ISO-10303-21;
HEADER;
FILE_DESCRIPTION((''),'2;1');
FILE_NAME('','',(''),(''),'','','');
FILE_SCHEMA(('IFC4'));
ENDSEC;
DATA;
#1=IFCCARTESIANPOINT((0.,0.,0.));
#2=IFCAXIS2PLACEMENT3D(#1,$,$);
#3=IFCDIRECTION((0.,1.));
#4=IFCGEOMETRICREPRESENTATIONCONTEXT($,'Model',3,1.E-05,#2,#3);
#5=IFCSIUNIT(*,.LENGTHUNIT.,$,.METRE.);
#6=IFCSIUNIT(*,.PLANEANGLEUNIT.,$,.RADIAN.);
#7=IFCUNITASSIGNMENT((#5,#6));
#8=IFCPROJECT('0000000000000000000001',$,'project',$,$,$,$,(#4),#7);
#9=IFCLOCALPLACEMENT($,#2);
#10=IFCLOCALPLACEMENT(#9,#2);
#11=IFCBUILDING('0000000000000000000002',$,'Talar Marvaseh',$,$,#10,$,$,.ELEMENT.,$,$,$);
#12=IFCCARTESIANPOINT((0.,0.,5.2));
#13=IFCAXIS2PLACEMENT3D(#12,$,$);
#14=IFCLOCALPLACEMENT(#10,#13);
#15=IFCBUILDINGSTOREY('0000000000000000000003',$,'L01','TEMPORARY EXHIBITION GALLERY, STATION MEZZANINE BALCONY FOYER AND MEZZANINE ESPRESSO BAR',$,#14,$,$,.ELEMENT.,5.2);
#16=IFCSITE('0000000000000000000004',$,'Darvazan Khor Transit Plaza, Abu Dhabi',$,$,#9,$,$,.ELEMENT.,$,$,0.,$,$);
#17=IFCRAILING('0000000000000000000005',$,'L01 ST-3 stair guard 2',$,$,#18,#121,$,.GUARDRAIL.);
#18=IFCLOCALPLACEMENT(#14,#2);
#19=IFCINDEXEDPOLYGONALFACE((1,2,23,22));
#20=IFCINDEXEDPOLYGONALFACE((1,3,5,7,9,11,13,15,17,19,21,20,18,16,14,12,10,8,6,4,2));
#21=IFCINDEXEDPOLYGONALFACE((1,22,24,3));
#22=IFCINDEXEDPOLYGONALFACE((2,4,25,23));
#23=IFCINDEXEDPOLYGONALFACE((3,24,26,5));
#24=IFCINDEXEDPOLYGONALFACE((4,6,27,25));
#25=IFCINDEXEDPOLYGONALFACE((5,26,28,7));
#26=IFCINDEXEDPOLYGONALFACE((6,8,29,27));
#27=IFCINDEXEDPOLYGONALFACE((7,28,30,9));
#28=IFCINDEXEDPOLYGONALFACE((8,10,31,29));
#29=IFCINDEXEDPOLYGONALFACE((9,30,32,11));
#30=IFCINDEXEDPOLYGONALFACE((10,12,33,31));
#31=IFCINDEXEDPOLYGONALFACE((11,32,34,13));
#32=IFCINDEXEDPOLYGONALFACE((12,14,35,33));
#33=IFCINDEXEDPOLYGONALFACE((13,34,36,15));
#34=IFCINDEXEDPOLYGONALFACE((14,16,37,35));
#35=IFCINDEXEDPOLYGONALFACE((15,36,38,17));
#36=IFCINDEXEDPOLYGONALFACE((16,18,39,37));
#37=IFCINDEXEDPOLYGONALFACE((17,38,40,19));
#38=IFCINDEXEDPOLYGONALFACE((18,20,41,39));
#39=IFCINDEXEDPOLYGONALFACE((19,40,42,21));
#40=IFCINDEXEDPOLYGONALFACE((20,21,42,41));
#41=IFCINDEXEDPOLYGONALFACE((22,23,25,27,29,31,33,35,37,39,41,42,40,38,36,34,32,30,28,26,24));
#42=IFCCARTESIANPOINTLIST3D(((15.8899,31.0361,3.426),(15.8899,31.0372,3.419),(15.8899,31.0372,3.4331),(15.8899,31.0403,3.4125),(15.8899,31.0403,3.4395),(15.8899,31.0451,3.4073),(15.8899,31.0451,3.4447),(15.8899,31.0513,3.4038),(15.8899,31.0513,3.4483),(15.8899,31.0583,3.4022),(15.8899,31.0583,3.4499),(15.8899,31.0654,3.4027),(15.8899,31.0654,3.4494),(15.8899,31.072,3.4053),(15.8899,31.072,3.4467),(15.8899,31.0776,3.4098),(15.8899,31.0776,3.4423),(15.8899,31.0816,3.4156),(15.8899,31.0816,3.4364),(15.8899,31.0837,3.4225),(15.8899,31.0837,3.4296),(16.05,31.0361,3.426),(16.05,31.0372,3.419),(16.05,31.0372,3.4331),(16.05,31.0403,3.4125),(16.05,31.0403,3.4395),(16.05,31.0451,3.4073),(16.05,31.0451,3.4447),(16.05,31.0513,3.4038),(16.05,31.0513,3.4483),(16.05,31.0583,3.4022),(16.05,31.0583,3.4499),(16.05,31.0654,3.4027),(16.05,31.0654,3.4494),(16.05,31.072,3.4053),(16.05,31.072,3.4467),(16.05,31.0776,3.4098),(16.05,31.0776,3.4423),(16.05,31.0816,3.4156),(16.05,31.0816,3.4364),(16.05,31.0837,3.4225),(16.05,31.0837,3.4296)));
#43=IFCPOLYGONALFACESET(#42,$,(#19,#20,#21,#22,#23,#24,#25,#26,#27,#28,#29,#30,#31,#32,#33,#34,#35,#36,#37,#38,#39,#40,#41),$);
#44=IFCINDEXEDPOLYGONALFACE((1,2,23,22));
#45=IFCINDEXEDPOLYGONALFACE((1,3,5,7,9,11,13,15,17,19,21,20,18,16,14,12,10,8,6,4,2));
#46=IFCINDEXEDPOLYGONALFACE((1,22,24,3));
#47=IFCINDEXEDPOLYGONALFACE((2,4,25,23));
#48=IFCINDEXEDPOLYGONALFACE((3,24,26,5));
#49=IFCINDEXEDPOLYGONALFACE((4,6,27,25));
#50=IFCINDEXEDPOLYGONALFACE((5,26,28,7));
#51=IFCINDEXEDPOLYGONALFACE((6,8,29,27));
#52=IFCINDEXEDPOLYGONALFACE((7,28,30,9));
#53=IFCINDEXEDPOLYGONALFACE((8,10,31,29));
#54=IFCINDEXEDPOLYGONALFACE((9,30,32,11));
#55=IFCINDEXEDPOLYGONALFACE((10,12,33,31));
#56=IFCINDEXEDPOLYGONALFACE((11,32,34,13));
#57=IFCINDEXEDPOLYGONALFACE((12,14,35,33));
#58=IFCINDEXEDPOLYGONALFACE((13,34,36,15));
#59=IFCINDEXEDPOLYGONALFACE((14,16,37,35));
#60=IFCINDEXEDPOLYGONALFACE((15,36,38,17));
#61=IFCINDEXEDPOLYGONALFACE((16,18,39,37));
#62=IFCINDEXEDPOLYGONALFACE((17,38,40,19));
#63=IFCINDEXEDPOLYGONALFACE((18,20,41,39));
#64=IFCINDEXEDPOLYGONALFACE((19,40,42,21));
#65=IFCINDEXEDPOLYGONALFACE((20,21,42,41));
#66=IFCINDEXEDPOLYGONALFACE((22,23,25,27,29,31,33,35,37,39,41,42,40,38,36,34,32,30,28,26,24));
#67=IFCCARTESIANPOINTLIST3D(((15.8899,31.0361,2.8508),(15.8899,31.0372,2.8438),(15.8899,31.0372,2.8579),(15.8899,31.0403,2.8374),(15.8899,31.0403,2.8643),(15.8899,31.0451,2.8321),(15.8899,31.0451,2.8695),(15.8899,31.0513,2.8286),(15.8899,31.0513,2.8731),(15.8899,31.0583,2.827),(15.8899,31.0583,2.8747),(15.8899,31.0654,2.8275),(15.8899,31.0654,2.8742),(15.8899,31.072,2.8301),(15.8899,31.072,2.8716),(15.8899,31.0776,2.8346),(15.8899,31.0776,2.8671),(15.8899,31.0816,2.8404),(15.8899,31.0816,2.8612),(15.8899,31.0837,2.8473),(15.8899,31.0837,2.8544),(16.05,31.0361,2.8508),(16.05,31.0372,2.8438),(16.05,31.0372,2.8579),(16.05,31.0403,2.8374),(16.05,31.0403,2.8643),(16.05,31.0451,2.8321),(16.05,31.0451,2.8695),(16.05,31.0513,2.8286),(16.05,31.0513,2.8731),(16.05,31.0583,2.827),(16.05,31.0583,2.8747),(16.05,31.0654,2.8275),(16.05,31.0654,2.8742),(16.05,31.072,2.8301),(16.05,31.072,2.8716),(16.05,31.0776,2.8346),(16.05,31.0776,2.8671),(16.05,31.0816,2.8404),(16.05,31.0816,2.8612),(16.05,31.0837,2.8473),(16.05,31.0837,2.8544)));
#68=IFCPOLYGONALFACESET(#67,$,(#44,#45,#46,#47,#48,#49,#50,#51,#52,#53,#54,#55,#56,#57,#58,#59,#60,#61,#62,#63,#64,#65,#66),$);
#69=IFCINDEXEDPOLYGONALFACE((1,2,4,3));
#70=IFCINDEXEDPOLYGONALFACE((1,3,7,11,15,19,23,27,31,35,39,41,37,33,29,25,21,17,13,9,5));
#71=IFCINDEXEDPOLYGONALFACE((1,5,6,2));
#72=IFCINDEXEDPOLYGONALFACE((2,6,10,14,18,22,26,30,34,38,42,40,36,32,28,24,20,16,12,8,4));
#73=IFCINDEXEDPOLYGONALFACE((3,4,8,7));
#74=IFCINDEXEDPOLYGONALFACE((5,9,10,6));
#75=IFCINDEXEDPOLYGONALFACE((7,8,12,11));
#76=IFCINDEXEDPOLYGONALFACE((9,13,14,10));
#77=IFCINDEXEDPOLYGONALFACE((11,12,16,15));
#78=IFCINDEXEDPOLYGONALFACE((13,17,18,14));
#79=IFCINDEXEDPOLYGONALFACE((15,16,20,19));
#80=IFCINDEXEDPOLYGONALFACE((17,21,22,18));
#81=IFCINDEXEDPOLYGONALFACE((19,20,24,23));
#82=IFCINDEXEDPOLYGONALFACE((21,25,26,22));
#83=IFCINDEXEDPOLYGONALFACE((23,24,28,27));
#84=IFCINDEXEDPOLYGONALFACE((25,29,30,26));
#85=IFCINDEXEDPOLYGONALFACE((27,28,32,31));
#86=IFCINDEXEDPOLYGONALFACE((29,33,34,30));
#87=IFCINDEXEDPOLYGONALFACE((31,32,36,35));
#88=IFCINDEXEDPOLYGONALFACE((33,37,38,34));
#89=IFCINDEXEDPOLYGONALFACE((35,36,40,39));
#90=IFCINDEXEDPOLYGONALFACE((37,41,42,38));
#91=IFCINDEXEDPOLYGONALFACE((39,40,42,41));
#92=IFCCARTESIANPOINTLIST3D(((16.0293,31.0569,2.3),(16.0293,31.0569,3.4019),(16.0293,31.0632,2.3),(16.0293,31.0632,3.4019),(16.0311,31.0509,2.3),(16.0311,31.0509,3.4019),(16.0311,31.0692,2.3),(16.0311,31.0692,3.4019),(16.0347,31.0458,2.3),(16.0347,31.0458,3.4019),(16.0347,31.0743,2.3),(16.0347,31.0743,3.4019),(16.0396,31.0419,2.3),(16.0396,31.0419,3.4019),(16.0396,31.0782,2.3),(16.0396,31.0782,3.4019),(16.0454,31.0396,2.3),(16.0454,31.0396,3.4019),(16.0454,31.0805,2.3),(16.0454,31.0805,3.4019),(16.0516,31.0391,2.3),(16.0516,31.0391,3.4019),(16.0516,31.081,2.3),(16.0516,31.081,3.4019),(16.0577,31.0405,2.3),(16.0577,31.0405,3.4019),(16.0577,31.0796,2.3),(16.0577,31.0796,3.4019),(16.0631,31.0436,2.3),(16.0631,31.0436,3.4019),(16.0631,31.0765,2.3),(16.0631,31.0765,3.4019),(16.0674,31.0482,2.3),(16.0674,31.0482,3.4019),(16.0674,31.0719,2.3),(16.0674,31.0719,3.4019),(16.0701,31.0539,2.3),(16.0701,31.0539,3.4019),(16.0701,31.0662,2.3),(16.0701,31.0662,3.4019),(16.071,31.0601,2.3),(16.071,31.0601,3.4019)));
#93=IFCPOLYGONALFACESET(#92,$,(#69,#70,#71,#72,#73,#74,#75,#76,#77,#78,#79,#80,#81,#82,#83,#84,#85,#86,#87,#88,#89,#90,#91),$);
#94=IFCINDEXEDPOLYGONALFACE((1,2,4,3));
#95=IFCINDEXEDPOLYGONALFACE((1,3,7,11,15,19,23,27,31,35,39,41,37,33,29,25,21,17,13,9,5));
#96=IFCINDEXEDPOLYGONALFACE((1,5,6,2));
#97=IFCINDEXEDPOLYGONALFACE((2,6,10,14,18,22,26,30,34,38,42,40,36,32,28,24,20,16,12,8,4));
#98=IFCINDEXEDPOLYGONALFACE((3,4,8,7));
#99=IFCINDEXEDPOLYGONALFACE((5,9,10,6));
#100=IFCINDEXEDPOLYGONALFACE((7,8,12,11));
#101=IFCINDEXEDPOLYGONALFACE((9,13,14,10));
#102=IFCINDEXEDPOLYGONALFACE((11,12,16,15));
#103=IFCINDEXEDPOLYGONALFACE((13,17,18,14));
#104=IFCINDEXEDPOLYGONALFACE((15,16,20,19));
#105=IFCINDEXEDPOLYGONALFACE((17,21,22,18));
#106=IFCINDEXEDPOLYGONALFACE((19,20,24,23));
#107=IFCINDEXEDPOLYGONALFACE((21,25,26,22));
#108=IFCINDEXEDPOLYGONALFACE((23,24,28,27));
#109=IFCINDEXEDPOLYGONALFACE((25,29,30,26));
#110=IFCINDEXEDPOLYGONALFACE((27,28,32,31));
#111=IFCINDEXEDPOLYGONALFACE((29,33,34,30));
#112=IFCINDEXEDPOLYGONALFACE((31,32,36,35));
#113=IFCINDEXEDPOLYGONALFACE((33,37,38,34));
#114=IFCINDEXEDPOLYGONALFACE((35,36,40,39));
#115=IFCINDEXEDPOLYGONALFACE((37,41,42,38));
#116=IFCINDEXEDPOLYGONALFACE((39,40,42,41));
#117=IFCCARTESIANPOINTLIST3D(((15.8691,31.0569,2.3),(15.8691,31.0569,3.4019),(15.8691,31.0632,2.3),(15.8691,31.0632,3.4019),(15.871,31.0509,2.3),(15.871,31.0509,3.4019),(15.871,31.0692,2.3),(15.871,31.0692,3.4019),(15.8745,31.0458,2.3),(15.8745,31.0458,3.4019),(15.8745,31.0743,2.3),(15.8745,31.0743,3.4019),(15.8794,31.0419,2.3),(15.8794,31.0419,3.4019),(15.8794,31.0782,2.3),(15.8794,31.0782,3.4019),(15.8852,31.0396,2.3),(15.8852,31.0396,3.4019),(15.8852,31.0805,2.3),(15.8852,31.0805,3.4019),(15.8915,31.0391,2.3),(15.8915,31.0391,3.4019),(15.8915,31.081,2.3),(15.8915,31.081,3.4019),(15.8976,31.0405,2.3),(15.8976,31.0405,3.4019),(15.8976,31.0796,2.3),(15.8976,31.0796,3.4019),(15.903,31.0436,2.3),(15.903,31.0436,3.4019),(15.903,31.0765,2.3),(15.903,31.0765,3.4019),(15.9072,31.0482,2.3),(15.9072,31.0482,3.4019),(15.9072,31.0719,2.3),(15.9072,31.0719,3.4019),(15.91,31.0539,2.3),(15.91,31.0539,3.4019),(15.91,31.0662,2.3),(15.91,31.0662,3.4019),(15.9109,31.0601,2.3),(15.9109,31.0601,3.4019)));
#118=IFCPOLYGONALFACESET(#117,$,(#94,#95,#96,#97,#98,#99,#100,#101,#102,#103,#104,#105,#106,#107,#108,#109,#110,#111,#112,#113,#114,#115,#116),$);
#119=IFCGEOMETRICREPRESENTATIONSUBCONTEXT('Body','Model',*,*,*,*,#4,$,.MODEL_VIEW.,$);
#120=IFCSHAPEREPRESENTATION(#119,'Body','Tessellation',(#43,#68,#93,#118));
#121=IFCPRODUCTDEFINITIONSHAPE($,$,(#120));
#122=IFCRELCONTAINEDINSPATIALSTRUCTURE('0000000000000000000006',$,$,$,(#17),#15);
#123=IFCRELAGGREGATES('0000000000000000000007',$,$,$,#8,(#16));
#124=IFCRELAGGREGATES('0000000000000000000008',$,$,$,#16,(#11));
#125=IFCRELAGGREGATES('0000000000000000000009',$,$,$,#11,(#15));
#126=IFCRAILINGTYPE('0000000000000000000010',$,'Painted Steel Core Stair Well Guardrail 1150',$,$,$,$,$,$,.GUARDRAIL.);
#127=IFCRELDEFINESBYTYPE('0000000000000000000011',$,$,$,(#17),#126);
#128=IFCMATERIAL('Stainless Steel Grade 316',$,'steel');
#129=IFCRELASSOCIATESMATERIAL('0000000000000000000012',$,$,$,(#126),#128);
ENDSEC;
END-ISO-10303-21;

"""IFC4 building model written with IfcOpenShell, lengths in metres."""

from ifc_helpers import new_model, si_unit, direction, frame, origin, origin_2d, place, context, subcontext, project, spatial, circle, extrude, material, type_object, element, save


model = new_model("IFC4")

# Units and contexts
model_context = context("Model", 3, precision=1e-05, world=origin(), true_north=direction((0.0, 1.0)))
body_context = subcontext(model_context, "Body", "Model", "MODEL_VIEW")
ifc_project = project(units=[si_unit("LENGTHUNIT", "METRE"), si_unit("PLANEANGLEUNIT", "RADIAN")], contexts=[model_context])

# Site, building, storey
site_placement = place(None, origin())
site = spatial("IfcSite", under=ifc_project, at=site_placement, Name="Darvazan Khor Transit Plaza, Abu Dhabi", CompositionType="ELEMENT", RefElevation=0.0)
building_placement = place(site_placement, origin())
building = spatial("IfcBuilding", under=site, at=building_placement, Name="Talar Marvaseh", CompositionType="ELEMENT")
storey_placement = place(building_placement, frame((0.0, 0.0, 5.2)))
storey = spatial("IfcBuildingStorey", under=building, at=storey_placement, Name="L01", Description="TEMPORARY EXHIBITION GALLERY, STATION MEZZANINE BALCONY FOYER AND MEZZANINE ESPRESSO BAR", CompositionType="ELEMENT", Elevation=5.2)

# Railing
ifc_material_1 = material(Name="Stainless Steel Grade 316", Category="steel")
railing_type_1 = type_object("IfcRailingType", Name="Painted Steel Core Stair Well Guardrail 1150", PredefinedType="GUARDRAIL", material=ifc_material_1)
railing_1_placement = place(storey_placement, frame((16.05, 31.0601, 2.3)))
element("IfcRailing", 1, at=railing_1_placement, inside=storey, type_object=railing_type_1, Name="L01 ST-3 stair guard 2", PredefinedType="GUARDRAIL", context=body_context, shape_type="SweptSolid", body=[
    extrude(circle(Radius=0.0239, at=origin_2d()), frame((0.0, 0.0, 1.126), z_axis=(-1.0, 0.0, 0.0), x_axis=(0.0, -1.0, 0.0)), (0.0, 0.0, 1.0), 0.1602),
    extrude(circle(Radius=0.0239, at=origin_2d()), frame((0.0, 0.0, 0.5508), z_axis=(-1.0, 0.0, 0.0), x_axis=(0.0, -1.0, 0.0)), (0.0, 0.0, 1.0), 0.1602),
    extrude(circle(Radius=0.021, at=origin_2d()), origin(), (0.0, 0.0, 1.0), 1.1018),
    extrude(circle(Radius=0.021, at=origin_2d()), frame((-0.1602, 0.0, 0.0)), (0.0, 0.0, 1.0), 1.1018),
])

save(model, "model.ifc")
